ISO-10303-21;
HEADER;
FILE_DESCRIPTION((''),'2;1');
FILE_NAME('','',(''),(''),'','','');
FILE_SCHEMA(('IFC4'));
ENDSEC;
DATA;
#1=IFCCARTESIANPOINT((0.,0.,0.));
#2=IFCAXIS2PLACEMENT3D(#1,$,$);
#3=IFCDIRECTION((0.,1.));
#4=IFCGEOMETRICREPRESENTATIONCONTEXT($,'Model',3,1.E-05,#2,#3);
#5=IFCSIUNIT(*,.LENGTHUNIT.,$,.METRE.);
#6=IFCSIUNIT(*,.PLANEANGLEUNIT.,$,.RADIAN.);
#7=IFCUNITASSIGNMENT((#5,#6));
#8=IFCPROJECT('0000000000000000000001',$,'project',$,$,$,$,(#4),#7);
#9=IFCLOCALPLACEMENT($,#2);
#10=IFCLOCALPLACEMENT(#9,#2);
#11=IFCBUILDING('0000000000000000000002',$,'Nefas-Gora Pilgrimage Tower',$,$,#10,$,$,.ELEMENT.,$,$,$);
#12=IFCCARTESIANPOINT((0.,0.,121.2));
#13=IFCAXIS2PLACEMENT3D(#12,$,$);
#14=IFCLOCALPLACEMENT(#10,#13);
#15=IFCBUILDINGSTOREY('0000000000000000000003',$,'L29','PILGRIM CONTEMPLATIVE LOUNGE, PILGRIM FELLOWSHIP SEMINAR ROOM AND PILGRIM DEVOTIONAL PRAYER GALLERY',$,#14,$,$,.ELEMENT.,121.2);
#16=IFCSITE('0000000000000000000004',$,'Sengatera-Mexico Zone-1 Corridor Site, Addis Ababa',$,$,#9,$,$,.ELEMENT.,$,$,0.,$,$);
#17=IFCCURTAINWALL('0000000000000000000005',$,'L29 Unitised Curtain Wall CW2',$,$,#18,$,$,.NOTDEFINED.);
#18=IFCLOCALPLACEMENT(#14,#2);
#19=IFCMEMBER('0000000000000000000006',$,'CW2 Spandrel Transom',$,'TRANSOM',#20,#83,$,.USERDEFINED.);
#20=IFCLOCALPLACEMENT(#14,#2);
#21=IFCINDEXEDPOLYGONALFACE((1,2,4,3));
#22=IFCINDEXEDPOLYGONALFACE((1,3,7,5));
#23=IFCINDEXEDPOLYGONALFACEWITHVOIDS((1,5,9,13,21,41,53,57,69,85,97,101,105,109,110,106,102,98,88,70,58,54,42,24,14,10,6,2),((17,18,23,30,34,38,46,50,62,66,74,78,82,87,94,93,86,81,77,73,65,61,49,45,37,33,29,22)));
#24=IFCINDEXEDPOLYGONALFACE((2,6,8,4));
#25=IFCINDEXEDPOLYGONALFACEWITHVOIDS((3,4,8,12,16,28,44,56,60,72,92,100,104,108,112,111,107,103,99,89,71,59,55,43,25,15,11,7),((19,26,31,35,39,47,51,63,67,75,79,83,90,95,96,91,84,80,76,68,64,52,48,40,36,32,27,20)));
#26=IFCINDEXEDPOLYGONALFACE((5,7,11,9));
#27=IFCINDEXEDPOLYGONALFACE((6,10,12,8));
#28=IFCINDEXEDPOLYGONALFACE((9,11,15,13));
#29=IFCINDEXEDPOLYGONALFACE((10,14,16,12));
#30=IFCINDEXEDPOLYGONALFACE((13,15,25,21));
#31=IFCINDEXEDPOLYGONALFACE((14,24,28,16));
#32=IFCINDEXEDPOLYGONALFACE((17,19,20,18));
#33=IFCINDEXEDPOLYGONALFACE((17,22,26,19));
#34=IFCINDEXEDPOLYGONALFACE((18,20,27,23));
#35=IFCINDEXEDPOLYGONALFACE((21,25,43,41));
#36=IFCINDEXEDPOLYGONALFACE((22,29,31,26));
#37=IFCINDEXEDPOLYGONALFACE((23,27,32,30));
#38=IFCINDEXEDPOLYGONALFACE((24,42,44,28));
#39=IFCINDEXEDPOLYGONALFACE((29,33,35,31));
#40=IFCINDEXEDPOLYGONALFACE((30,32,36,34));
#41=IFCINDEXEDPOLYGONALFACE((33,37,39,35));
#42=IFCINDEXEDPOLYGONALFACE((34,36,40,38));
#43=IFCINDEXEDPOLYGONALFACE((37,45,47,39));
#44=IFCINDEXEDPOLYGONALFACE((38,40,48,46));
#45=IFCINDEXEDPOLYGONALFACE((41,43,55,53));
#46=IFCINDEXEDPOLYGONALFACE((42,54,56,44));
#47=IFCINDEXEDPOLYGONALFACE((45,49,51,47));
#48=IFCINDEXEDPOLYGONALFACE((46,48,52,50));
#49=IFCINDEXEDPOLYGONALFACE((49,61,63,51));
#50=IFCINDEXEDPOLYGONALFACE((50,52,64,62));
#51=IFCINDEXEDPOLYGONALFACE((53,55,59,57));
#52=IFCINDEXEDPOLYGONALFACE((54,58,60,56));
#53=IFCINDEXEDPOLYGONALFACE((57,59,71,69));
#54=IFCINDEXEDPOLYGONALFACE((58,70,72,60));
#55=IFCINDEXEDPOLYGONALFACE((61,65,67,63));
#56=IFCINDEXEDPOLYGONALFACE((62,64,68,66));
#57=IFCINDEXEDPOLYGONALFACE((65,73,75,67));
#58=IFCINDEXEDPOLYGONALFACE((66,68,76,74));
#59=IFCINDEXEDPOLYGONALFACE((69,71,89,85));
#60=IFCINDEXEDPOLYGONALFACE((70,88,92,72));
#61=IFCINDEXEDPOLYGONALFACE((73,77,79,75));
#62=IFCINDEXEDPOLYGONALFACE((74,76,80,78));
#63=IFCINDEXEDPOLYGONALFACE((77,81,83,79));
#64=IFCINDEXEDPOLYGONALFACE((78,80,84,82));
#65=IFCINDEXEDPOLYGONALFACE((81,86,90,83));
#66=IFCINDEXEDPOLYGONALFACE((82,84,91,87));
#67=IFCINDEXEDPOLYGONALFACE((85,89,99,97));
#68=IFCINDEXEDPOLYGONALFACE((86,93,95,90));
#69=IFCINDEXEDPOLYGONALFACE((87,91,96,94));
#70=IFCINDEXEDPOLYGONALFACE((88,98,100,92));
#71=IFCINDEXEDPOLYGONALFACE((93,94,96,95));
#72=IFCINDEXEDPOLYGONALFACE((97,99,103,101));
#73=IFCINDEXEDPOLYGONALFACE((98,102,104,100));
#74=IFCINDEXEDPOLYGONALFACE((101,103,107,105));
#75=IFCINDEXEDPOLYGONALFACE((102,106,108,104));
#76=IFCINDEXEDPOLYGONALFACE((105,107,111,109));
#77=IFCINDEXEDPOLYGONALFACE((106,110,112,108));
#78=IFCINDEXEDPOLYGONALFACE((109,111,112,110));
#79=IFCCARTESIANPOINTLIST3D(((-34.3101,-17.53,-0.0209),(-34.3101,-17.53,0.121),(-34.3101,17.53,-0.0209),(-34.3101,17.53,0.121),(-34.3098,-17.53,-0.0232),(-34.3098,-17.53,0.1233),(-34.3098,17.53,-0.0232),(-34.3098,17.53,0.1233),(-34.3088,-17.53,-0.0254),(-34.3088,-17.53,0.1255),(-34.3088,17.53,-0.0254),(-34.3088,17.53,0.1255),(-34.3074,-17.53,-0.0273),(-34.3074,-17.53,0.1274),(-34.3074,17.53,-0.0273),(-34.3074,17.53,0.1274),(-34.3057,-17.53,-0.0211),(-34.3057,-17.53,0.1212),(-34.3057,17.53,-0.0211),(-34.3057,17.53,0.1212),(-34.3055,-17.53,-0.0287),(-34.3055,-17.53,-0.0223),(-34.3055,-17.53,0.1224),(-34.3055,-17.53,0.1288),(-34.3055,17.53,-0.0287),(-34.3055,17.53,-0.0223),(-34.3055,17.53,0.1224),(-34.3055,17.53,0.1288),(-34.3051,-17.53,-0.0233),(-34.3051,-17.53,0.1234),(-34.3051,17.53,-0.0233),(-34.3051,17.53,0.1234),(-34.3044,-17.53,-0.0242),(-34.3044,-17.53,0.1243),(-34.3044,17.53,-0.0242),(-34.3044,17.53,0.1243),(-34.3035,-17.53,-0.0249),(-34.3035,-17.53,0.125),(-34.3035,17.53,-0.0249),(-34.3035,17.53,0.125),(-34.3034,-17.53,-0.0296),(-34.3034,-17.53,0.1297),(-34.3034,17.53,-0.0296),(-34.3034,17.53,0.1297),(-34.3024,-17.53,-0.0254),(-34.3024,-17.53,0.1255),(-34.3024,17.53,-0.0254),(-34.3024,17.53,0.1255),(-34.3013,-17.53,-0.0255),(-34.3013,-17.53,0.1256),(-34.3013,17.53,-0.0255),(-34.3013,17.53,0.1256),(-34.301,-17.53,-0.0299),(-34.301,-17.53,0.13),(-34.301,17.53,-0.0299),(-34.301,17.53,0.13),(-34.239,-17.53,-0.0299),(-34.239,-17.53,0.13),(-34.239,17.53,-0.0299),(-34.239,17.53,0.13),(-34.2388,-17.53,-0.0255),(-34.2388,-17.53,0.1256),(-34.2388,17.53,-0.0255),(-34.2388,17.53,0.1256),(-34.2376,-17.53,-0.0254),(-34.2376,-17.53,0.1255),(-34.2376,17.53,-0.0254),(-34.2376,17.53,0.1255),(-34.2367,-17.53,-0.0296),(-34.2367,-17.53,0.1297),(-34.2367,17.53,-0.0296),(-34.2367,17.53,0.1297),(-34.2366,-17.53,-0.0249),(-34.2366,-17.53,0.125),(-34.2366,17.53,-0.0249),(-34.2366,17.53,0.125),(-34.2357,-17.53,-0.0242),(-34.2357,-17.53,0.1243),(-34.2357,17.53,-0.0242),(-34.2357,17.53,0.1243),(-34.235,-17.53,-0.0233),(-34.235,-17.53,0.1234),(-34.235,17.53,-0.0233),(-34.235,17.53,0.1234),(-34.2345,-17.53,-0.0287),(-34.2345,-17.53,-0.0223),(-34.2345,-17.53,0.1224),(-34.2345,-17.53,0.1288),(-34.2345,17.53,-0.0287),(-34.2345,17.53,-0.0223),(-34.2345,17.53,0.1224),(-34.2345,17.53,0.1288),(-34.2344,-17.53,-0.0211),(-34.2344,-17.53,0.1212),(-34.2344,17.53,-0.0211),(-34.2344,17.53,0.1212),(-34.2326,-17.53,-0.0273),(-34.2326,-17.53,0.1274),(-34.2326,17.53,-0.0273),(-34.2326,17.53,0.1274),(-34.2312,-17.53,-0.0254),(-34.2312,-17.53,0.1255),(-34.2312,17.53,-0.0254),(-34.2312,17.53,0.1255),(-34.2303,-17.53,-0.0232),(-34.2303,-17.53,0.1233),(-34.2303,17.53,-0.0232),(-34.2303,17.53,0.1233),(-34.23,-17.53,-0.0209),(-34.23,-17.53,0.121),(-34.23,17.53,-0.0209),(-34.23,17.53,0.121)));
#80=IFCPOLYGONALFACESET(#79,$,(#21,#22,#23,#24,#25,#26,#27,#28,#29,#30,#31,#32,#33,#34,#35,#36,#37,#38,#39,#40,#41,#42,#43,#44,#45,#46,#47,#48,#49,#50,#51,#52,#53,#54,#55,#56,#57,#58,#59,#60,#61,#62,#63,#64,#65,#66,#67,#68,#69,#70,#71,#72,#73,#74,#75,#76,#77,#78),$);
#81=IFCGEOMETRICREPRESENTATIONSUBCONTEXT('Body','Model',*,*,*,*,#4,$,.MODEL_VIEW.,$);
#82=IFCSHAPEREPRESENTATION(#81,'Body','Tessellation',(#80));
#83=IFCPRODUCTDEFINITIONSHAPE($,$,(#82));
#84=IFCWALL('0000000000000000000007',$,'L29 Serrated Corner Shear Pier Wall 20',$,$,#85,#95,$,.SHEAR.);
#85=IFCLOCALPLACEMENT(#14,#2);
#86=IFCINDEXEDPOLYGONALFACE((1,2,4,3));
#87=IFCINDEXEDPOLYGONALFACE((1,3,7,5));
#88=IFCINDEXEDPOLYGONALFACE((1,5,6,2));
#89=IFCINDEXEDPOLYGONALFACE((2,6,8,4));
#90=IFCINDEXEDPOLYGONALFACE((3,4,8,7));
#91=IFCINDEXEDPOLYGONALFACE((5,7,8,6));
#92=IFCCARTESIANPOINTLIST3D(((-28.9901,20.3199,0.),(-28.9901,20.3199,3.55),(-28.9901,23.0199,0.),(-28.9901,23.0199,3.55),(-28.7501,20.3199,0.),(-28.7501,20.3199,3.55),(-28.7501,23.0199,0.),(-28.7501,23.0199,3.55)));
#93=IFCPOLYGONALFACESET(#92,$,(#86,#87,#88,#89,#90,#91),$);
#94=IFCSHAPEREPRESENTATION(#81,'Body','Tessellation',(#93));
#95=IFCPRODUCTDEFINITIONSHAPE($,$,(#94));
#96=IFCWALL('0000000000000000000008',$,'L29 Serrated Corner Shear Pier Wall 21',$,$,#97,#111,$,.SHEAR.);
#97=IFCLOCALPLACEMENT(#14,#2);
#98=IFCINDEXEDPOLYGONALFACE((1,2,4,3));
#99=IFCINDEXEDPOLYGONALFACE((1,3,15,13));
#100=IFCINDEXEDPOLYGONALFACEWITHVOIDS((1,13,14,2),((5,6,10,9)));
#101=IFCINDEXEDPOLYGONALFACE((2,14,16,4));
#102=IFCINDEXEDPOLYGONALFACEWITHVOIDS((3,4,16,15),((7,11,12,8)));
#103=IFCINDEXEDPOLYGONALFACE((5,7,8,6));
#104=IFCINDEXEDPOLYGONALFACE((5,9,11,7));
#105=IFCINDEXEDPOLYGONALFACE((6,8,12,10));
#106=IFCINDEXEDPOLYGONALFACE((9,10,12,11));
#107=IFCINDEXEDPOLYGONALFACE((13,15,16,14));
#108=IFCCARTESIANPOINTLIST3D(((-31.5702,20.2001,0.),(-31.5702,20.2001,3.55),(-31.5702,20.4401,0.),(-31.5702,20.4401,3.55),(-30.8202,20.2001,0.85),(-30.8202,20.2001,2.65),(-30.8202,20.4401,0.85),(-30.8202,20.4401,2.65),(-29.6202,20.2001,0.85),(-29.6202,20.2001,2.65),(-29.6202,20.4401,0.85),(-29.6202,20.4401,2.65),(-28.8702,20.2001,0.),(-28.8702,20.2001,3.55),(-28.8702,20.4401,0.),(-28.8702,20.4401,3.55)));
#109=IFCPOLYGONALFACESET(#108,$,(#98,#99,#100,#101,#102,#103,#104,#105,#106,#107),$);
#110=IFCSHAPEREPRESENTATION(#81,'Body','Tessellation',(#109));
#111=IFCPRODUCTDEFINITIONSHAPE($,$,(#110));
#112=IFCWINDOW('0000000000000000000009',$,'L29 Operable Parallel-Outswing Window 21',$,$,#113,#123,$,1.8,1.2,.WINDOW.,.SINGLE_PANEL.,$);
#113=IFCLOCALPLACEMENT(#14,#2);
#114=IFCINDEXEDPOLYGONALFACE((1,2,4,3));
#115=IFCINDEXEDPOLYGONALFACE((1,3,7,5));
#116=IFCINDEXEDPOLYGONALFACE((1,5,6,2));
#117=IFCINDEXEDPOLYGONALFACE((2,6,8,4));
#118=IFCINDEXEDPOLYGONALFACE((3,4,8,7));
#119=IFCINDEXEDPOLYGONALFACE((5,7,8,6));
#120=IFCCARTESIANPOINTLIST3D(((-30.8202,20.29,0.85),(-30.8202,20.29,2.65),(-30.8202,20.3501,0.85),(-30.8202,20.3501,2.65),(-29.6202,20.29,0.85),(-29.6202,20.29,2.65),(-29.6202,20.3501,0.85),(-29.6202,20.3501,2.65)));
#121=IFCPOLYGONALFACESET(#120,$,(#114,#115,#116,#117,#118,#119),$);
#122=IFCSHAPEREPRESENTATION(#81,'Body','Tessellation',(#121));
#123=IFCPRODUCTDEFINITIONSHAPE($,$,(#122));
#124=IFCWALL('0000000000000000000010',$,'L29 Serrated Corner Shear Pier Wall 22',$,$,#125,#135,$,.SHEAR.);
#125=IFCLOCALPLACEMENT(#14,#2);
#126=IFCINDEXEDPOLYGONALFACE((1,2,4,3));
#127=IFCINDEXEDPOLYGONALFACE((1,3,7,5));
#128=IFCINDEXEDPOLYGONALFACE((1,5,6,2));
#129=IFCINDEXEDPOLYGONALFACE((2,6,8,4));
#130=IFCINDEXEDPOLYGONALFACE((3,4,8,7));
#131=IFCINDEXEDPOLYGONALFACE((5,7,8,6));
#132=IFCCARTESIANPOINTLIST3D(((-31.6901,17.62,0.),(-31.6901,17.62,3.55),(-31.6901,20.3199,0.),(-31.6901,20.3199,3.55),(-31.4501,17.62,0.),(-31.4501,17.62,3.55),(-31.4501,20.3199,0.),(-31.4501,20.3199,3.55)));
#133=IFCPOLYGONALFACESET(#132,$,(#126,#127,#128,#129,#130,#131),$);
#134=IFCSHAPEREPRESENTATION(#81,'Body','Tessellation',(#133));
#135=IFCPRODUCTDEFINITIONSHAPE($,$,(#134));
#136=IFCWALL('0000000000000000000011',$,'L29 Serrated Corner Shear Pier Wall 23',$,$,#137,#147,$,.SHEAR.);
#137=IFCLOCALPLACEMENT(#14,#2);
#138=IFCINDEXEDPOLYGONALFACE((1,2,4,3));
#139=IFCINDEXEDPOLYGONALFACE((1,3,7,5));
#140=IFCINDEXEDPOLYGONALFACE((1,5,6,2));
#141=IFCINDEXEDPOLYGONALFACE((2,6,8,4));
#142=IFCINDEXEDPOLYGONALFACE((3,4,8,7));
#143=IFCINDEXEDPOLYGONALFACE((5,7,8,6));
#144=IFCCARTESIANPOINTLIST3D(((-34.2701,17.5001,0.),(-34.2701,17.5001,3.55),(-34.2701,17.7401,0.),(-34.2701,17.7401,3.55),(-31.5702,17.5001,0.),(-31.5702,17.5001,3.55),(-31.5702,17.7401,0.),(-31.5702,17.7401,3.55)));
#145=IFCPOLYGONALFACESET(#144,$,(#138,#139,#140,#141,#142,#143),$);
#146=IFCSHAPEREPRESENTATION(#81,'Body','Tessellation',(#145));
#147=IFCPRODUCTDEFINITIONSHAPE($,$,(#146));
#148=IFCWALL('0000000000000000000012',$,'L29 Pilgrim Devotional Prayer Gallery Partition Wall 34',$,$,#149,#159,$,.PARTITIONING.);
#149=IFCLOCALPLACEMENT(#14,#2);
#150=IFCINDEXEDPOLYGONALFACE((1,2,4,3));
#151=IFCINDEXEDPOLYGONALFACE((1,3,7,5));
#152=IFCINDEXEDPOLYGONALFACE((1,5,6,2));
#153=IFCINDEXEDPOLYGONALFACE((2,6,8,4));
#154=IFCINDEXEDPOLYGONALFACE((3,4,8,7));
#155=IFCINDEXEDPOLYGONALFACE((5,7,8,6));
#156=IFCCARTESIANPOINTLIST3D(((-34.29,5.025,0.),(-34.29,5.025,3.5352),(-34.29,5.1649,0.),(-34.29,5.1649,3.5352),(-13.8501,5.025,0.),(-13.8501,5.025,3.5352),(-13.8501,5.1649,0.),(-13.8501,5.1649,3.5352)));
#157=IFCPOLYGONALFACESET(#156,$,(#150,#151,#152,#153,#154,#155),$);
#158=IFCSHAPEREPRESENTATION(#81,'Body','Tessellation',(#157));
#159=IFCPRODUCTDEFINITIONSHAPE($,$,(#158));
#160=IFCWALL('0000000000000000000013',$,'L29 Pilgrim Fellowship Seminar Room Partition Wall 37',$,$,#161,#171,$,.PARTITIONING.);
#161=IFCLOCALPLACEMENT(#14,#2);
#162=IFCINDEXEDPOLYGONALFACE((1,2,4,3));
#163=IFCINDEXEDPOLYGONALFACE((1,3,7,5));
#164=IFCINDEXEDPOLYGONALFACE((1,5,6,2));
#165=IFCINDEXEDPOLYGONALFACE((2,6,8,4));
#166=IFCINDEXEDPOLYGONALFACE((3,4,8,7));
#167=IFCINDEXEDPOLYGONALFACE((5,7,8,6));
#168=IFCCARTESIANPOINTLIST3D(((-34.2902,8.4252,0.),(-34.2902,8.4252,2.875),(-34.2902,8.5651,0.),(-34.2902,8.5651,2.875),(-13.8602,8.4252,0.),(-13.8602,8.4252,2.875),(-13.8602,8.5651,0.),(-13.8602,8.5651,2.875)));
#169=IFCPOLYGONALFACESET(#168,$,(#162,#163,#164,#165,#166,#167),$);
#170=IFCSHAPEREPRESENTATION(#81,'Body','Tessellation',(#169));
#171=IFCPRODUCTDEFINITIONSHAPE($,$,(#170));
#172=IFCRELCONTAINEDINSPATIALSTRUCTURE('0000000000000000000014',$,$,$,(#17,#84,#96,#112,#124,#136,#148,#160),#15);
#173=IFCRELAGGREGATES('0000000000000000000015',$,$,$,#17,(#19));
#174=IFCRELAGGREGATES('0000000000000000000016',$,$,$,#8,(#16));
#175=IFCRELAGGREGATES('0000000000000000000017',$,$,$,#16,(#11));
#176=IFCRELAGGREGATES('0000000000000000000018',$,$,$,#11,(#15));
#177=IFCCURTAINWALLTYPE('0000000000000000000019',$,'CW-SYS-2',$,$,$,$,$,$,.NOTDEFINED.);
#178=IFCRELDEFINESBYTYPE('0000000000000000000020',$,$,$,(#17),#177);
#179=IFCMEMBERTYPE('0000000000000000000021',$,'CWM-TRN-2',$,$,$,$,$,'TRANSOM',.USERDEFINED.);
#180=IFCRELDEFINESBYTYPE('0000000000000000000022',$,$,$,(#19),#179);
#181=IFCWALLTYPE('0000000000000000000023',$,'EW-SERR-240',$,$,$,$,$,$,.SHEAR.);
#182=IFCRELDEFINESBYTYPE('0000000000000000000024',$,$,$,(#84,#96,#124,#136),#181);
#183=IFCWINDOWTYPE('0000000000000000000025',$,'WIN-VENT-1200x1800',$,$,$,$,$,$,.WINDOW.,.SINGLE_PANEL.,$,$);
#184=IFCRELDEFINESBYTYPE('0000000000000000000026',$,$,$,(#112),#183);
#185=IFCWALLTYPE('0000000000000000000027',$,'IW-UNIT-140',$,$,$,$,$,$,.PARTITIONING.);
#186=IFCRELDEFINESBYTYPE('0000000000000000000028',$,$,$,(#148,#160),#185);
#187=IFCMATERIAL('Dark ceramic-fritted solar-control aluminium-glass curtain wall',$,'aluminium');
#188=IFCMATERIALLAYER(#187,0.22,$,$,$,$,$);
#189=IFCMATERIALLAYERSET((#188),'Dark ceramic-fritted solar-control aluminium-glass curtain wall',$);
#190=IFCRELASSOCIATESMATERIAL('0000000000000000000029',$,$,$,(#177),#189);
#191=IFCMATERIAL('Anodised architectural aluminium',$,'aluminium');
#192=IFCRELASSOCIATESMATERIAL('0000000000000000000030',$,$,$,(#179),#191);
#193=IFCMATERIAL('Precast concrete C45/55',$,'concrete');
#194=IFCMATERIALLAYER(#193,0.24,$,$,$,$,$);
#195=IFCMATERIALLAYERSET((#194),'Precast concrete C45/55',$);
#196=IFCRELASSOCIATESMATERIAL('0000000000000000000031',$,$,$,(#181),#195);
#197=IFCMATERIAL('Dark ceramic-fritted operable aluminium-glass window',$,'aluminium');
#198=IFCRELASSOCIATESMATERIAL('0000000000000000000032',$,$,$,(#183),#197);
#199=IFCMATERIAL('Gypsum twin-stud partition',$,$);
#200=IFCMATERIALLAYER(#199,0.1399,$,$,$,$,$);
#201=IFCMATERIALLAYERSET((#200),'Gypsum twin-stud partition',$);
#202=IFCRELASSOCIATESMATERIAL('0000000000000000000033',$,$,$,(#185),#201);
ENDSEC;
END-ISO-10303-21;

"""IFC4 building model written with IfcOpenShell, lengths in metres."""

from ifc_helpers import new_model, si_unit, direction, frame, frame_2d, origin, origin_2d, place, context, subcontext, project, spatial, rectangle, hollow_rectangle, extrude, source, transform, mapped, material, layer, layer_set, material_profile, profile_set, type_object, element, fill, aggregate, save


model = new_model("IFC4")

# Units and contexts
model_context = context("Model", 3, precision=1e-05, world=origin(), true_north=direction((0.0, 1.0)))
body_context = subcontext(model_context, "Body", "Model", "MODEL_VIEW")
ifc_project = project(units=[si_unit("LENGTHUNIT", "METRE"), si_unit("PLANEANGLEUNIT", "RADIAN")], contexts=[model_context])

# Site, building, storey
site_placement = place(None, origin())
site = spatial("IfcSite", under=ifc_project, at=site_placement, Name="Sengatera-Mexico Zone-1 Corridor Site, Addis Ababa", CompositionType="ELEMENT", RefElevation=0.0)
building_placement = place(site_placement, origin())
building = spatial("IfcBuilding", under=site, at=building_placement, Name="Nefas-Gora Pilgrimage Tower", CompositionType="ELEMENT")
storey_placement = place(building_placement, frame((0.0, 0.0, 121.2)))
storey = spatial("IfcBuildingStorey", under=building, at=storey_placement, Name="L29", Description="PILGRIM CONTEMPLATIVE LOUNGE, PILGRIM FELLOWSHIP SEMINAR ROOM AND PILGRIM DEVOTIONAL PRAYER GALLERY", CompositionType="ELEMENT", Elevation=121.2)

# Shared definitions
ifc_material_1 = material(Name="Dark ceramic-fritted solar-control aluminium-glass curtain wall", Category="aluminium")
ifc_layer_1 = layer(ifc_material_1, 0.22)
ifc_layer_set_1 = layer_set([ifc_layer_1], Name="Dark ceramic-fritted solar-control aluminium-glass curtain wall")
curtain_wall_type = type_object("IfcCurtainWallType", Name="CW-SYS-2", PredefinedType="NOTDEFINED", material=ifc_layer_set_1)
ifc_material_2 = material(Name="Anodised architectural aluminium", Category="aluminium")

# Curtain wall, member
curtain_wall_1_placement = place(storey_placement, origin())
curtain_wall_1 = element("IfcCurtainWall", 1, at=curtain_wall_1_placement, inside=storey, type_object=curtain_wall_type, Name="L29 Unitised Curtain Wall CW2", PredefinedType="NOTDEFINED")
ifc_material_profile_1 = material_profile(ifc_material_2, hollow_rectangle(XDim=0.0801, YDim=0.1599, WallThickness=0.0044, InnerFilletRadius=0.0044, OuterFilletRadius=0.009, at=origin_2d()), Name="ALU TRANSOM 80x160")
ifc_profile_set_1 = profile_set([ifc_material_profile_1], Name="Anodised architectural aluminium")
member_type_1 = type_object("IfcMemberType", Name="CWM-TRN-2", ElementType="TRANSOM", PredefinedType="USERDEFINED", material=ifc_profile_set_1)
shared_shape_1 = source(origin(), body_context, "Body", "SweptSolid", [
    extrude(hollow_rectangle(XDim=0.0801, YDim=0.1599, WallThickness=0.0044, InnerFilletRadius=0.0044, OuterFilletRadius=0.009, at=origin_2d()), origin(), (0.0, 0.0, 1.0), 35.0601),
])
member_1_placement = place(storey_placement, frame((-34.27, 17.53, 0.05), z_axis=(0.0, -1.0, 0.0), x_axis=(1.0, 0.0, 0.0)))
member_1 = element("IfcMember", 2, at=member_1_placement, type_object=member_type_1, Name="CW2 Spandrel Transom", ObjectType="TRANSOM", PredefinedType="USERDEFINED", context=body_context, shape_type="MappedRepresentation", body=[
    mapped(shared_shape_1, transform((0.0, 0.0, 0.0), x_axis=(1.0, 0.0, 0.0), y_axis=(0.0, 1.0, 0.0), z_axis=(0.0, 0.0, 1.0), scale=1.0)),
])
aggregate(curtain_wall_1, [member_1])

# Wall
ifc_material_3 = material(Name="Precast concrete C45/55", Category="concrete")
ifc_layer_2 = layer(ifc_material_3, 0.24)
ifc_layer_set_2 = layer_set([ifc_layer_2], Name="Precast concrete C45/55")
wall_type_1 = type_object("IfcWallType", Name="EW-SERR-240", PredefinedType="SHEAR", material=ifc_layer_set_2)
shared_shape_2 = source(origin(), body_context, "Body", "SweptSolid", [
    extrude(rectangle(XDim=2.7, YDim=0.24, at=frame_2d((1.3501, 0.0))), origin(), (0.0, 0.0, 1.0), 3.55),
])
wall_1_placement = place(storey_placement, frame((-28.8701, 23.02, 0.0), z_axis=(0.0, 0.0, 1.0), x_axis=(0.0, -1.0, 0.0)))
element("IfcWall", 3, at=wall_1_placement, inside=storey, type_object=wall_type_1, Name="L29 Serrated Corner Shear Pier Wall 20", PredefinedType="SHEAR", context=body_context, shape_type="MappedRepresentation", body=[
    mapped(shared_shape_2, transform((0.0, 0.0, 0.0), x_axis=(1.0, 0.0, 0.0), y_axis=(0.0, 1.0, 0.0), z_axis=(0.0, 0.0, 1.0), scale=1.0)),
])

# Wall, opening, window
wall_2_placement = place(storey_placement, frame((-28.8701, 20.3201, 0.0), z_axis=(0.0, 0.0, 1.0), x_axis=(-1.0, 0.0, 0.0)))
wall_2 = element("IfcWall", 4, at=wall_2_placement, inside=storey, type_object=wall_type_1, Name="L29 Serrated Corner Shear Pier Wall 21", PredefinedType="SHEAR", context=body_context, shape_type="MappedRepresentation", body=[
    mapped(shared_shape_2, transform((0.0, 0.0, 0.0), x_axis=(1.0, 0.0, 0.0), y_axis=(0.0, 1.0, 0.0), z_axis=(0.0, 0.0, 1.0), scale=1.0)),
])
opening_placement = place(wall_2_placement, frame((0.75, 0.0, 0.8501)))
opening = element("IfcOpeningElement", 5, at=opening_placement, cuts=wall_2, PredefinedType="OPENING", context=body_context, shape_type="SweptSolid", body=[
    extrude(rectangle(XDim=1.2, YDim=1.8, at=frame_2d((0.6001, 0.8999))), frame((0.0, 0.1299, 0.0), z_axis=(0.0, -1.0, 0.0), x_axis=(1.0, 0.0, 0.0)), (0.0, 0.0, 1.0), 0.26),
])
ifc_material_4 = material(Name="Dark ceramic-fritted operable aluminium-glass window", Category="aluminium")
window_type = type_object("IfcWindowType", Name="WIN-VENT-1200x1800", PartitioningType="SINGLE_PANEL", PredefinedType="WINDOW", material=ifc_material_4)
shared_shape_3 = source(origin(), body_context, "Body", "SweptSolid", [
    extrude(rectangle(XDim=1.2, YDim=1.8, at=frame_2d((0.6001, 0.8999))), frame((0.0, 0.03, 0.0), z_axis=(0.0, -1.0, 0.0), x_axis=(1.0, 0.0, 0.0)), (0.0, 0.0, 1.0), 0.0601),
])
window_placement = place(opening_placement, origin())
window = element("IfcWindow", 6, at=window_placement, inside=storey, type_object=window_type, Name="L29 Operable Parallel-Outswing Window 21", OverallHeight=1.8, OverallWidth=1.2, PartitioningType="SINGLE_PANEL", PredefinedType="WINDOW", context=body_context, shape_type="MappedRepresentation", body=[
    mapped(shared_shape_3, transform((0.0, 0.0, 0.0), x_axis=(1.0, 0.0, 0.0), y_axis=(0.0, 1.0, 0.0), z_axis=(0.0, 0.0, 1.0), scale=1.0)),
])
fill(opening, window)

# Walls
for number, where, z_axis, x_axis, name in (
    (7, (-31.5701, 20.3201, 0.0), (0.0, 0.0, 1.0), (0.0, -1.0, 0.0), "L29 Serrated Corner Shear Pier Wall 22"),
    (8, (-31.5701, 17.6201, 0.0), (0.0, 0.0, 1.0), (-1.0, 0.0, 0.0), "L29 Serrated Corner Shear Pier Wall 23"),
):
    element("IfcWall", number, at=place(storey_placement, frame(where, z_axis=z_axis, x_axis=x_axis)), inside=storey, type_object=wall_type_1, Name=name, PredefinedType="SHEAR", context=body_context, shape_type="MappedRepresentation", body=[
        mapped(shared_shape_2, transform((0.0, 0.0, 0.0), x_axis=(1.0, 0.0, 0.0), y_axis=(0.0, 1.0, 0.0), z_axis=(0.0, 0.0, 1.0), scale=1.0)),
    ])
ifc_material_5 = material(Name="Gypsum twin-stud partition")
ifc_layer_3 = layer(ifc_material_5, 0.1399)
ifc_layer_set_3 = layer_set([ifc_layer_3], Name="Gypsum twin-stud partition")
wall_type_2 = type_object("IfcWallType", Name="IW-UNIT-140", PredefinedType="PARTITIONING", material=ifc_layer_set_3)
shared_shape_4 = source(origin(), body_context, "Body", "SweptSolid", [
    extrude(rectangle(XDim=20.4399, YDim=0.1399, at=frame_2d((10.22, 0.0))), origin(), (0.0, 0.0, 1.0), 3.5352),
])
wall_3_placement = place(storey_placement, frame((-34.29, 5.095, 0.0), z_axis=(0.0, 0.0, 1.0), x_axis=(1.0, 0.0, 0.0)))
element("IfcWall", 9, at=wall_3_placement, inside=storey, type_object=wall_type_2, Name="L29 Pilgrim Devotional Prayer Gallery Partition Wall 34", PredefinedType="PARTITIONING", context=body_context, shape_type="MappedRepresentation", body=[
    mapped(shared_shape_4, transform((0.0, 0.0, 0.0), x_axis=(1.0, 0.0, 0.0), y_axis=(0.0, 1.0, 0.0), z_axis=(0.0, 0.0, 1.0), scale=1.0)),
])
shared_shape_5 = source(origin(), body_context, "Body", "SweptSolid", [
    extrude(rectangle(XDim=20.4299, YDim=0.1399, at=frame_2d((10.2148, 0.0))), origin(), (0.0, 0.0, 1.0), 2.875),
])
wall_4_placement = place(storey_placement, frame((-34.29, 8.4951, 0.0), z_axis=(0.0, 0.0, 1.0), x_axis=(1.0, 0.0, 0.0)))
element("IfcWall", 10, at=wall_4_placement, inside=storey, type_object=wall_type_2, Name="L29 Pilgrim Fellowship Seminar Room Partition Wall 37", PredefinedType="PARTITIONING", context=body_context, shape_type="MappedRepresentation", body=[
    mapped(shared_shape_5, transform((0.0, 0.0, 0.0), x_axis=(1.0, 0.0, 0.0), y_axis=(0.0, 1.0, 0.0), z_axis=(0.0, 0.0, 1.0), scale=1.0)),
])

save(model, "model.ifc")
